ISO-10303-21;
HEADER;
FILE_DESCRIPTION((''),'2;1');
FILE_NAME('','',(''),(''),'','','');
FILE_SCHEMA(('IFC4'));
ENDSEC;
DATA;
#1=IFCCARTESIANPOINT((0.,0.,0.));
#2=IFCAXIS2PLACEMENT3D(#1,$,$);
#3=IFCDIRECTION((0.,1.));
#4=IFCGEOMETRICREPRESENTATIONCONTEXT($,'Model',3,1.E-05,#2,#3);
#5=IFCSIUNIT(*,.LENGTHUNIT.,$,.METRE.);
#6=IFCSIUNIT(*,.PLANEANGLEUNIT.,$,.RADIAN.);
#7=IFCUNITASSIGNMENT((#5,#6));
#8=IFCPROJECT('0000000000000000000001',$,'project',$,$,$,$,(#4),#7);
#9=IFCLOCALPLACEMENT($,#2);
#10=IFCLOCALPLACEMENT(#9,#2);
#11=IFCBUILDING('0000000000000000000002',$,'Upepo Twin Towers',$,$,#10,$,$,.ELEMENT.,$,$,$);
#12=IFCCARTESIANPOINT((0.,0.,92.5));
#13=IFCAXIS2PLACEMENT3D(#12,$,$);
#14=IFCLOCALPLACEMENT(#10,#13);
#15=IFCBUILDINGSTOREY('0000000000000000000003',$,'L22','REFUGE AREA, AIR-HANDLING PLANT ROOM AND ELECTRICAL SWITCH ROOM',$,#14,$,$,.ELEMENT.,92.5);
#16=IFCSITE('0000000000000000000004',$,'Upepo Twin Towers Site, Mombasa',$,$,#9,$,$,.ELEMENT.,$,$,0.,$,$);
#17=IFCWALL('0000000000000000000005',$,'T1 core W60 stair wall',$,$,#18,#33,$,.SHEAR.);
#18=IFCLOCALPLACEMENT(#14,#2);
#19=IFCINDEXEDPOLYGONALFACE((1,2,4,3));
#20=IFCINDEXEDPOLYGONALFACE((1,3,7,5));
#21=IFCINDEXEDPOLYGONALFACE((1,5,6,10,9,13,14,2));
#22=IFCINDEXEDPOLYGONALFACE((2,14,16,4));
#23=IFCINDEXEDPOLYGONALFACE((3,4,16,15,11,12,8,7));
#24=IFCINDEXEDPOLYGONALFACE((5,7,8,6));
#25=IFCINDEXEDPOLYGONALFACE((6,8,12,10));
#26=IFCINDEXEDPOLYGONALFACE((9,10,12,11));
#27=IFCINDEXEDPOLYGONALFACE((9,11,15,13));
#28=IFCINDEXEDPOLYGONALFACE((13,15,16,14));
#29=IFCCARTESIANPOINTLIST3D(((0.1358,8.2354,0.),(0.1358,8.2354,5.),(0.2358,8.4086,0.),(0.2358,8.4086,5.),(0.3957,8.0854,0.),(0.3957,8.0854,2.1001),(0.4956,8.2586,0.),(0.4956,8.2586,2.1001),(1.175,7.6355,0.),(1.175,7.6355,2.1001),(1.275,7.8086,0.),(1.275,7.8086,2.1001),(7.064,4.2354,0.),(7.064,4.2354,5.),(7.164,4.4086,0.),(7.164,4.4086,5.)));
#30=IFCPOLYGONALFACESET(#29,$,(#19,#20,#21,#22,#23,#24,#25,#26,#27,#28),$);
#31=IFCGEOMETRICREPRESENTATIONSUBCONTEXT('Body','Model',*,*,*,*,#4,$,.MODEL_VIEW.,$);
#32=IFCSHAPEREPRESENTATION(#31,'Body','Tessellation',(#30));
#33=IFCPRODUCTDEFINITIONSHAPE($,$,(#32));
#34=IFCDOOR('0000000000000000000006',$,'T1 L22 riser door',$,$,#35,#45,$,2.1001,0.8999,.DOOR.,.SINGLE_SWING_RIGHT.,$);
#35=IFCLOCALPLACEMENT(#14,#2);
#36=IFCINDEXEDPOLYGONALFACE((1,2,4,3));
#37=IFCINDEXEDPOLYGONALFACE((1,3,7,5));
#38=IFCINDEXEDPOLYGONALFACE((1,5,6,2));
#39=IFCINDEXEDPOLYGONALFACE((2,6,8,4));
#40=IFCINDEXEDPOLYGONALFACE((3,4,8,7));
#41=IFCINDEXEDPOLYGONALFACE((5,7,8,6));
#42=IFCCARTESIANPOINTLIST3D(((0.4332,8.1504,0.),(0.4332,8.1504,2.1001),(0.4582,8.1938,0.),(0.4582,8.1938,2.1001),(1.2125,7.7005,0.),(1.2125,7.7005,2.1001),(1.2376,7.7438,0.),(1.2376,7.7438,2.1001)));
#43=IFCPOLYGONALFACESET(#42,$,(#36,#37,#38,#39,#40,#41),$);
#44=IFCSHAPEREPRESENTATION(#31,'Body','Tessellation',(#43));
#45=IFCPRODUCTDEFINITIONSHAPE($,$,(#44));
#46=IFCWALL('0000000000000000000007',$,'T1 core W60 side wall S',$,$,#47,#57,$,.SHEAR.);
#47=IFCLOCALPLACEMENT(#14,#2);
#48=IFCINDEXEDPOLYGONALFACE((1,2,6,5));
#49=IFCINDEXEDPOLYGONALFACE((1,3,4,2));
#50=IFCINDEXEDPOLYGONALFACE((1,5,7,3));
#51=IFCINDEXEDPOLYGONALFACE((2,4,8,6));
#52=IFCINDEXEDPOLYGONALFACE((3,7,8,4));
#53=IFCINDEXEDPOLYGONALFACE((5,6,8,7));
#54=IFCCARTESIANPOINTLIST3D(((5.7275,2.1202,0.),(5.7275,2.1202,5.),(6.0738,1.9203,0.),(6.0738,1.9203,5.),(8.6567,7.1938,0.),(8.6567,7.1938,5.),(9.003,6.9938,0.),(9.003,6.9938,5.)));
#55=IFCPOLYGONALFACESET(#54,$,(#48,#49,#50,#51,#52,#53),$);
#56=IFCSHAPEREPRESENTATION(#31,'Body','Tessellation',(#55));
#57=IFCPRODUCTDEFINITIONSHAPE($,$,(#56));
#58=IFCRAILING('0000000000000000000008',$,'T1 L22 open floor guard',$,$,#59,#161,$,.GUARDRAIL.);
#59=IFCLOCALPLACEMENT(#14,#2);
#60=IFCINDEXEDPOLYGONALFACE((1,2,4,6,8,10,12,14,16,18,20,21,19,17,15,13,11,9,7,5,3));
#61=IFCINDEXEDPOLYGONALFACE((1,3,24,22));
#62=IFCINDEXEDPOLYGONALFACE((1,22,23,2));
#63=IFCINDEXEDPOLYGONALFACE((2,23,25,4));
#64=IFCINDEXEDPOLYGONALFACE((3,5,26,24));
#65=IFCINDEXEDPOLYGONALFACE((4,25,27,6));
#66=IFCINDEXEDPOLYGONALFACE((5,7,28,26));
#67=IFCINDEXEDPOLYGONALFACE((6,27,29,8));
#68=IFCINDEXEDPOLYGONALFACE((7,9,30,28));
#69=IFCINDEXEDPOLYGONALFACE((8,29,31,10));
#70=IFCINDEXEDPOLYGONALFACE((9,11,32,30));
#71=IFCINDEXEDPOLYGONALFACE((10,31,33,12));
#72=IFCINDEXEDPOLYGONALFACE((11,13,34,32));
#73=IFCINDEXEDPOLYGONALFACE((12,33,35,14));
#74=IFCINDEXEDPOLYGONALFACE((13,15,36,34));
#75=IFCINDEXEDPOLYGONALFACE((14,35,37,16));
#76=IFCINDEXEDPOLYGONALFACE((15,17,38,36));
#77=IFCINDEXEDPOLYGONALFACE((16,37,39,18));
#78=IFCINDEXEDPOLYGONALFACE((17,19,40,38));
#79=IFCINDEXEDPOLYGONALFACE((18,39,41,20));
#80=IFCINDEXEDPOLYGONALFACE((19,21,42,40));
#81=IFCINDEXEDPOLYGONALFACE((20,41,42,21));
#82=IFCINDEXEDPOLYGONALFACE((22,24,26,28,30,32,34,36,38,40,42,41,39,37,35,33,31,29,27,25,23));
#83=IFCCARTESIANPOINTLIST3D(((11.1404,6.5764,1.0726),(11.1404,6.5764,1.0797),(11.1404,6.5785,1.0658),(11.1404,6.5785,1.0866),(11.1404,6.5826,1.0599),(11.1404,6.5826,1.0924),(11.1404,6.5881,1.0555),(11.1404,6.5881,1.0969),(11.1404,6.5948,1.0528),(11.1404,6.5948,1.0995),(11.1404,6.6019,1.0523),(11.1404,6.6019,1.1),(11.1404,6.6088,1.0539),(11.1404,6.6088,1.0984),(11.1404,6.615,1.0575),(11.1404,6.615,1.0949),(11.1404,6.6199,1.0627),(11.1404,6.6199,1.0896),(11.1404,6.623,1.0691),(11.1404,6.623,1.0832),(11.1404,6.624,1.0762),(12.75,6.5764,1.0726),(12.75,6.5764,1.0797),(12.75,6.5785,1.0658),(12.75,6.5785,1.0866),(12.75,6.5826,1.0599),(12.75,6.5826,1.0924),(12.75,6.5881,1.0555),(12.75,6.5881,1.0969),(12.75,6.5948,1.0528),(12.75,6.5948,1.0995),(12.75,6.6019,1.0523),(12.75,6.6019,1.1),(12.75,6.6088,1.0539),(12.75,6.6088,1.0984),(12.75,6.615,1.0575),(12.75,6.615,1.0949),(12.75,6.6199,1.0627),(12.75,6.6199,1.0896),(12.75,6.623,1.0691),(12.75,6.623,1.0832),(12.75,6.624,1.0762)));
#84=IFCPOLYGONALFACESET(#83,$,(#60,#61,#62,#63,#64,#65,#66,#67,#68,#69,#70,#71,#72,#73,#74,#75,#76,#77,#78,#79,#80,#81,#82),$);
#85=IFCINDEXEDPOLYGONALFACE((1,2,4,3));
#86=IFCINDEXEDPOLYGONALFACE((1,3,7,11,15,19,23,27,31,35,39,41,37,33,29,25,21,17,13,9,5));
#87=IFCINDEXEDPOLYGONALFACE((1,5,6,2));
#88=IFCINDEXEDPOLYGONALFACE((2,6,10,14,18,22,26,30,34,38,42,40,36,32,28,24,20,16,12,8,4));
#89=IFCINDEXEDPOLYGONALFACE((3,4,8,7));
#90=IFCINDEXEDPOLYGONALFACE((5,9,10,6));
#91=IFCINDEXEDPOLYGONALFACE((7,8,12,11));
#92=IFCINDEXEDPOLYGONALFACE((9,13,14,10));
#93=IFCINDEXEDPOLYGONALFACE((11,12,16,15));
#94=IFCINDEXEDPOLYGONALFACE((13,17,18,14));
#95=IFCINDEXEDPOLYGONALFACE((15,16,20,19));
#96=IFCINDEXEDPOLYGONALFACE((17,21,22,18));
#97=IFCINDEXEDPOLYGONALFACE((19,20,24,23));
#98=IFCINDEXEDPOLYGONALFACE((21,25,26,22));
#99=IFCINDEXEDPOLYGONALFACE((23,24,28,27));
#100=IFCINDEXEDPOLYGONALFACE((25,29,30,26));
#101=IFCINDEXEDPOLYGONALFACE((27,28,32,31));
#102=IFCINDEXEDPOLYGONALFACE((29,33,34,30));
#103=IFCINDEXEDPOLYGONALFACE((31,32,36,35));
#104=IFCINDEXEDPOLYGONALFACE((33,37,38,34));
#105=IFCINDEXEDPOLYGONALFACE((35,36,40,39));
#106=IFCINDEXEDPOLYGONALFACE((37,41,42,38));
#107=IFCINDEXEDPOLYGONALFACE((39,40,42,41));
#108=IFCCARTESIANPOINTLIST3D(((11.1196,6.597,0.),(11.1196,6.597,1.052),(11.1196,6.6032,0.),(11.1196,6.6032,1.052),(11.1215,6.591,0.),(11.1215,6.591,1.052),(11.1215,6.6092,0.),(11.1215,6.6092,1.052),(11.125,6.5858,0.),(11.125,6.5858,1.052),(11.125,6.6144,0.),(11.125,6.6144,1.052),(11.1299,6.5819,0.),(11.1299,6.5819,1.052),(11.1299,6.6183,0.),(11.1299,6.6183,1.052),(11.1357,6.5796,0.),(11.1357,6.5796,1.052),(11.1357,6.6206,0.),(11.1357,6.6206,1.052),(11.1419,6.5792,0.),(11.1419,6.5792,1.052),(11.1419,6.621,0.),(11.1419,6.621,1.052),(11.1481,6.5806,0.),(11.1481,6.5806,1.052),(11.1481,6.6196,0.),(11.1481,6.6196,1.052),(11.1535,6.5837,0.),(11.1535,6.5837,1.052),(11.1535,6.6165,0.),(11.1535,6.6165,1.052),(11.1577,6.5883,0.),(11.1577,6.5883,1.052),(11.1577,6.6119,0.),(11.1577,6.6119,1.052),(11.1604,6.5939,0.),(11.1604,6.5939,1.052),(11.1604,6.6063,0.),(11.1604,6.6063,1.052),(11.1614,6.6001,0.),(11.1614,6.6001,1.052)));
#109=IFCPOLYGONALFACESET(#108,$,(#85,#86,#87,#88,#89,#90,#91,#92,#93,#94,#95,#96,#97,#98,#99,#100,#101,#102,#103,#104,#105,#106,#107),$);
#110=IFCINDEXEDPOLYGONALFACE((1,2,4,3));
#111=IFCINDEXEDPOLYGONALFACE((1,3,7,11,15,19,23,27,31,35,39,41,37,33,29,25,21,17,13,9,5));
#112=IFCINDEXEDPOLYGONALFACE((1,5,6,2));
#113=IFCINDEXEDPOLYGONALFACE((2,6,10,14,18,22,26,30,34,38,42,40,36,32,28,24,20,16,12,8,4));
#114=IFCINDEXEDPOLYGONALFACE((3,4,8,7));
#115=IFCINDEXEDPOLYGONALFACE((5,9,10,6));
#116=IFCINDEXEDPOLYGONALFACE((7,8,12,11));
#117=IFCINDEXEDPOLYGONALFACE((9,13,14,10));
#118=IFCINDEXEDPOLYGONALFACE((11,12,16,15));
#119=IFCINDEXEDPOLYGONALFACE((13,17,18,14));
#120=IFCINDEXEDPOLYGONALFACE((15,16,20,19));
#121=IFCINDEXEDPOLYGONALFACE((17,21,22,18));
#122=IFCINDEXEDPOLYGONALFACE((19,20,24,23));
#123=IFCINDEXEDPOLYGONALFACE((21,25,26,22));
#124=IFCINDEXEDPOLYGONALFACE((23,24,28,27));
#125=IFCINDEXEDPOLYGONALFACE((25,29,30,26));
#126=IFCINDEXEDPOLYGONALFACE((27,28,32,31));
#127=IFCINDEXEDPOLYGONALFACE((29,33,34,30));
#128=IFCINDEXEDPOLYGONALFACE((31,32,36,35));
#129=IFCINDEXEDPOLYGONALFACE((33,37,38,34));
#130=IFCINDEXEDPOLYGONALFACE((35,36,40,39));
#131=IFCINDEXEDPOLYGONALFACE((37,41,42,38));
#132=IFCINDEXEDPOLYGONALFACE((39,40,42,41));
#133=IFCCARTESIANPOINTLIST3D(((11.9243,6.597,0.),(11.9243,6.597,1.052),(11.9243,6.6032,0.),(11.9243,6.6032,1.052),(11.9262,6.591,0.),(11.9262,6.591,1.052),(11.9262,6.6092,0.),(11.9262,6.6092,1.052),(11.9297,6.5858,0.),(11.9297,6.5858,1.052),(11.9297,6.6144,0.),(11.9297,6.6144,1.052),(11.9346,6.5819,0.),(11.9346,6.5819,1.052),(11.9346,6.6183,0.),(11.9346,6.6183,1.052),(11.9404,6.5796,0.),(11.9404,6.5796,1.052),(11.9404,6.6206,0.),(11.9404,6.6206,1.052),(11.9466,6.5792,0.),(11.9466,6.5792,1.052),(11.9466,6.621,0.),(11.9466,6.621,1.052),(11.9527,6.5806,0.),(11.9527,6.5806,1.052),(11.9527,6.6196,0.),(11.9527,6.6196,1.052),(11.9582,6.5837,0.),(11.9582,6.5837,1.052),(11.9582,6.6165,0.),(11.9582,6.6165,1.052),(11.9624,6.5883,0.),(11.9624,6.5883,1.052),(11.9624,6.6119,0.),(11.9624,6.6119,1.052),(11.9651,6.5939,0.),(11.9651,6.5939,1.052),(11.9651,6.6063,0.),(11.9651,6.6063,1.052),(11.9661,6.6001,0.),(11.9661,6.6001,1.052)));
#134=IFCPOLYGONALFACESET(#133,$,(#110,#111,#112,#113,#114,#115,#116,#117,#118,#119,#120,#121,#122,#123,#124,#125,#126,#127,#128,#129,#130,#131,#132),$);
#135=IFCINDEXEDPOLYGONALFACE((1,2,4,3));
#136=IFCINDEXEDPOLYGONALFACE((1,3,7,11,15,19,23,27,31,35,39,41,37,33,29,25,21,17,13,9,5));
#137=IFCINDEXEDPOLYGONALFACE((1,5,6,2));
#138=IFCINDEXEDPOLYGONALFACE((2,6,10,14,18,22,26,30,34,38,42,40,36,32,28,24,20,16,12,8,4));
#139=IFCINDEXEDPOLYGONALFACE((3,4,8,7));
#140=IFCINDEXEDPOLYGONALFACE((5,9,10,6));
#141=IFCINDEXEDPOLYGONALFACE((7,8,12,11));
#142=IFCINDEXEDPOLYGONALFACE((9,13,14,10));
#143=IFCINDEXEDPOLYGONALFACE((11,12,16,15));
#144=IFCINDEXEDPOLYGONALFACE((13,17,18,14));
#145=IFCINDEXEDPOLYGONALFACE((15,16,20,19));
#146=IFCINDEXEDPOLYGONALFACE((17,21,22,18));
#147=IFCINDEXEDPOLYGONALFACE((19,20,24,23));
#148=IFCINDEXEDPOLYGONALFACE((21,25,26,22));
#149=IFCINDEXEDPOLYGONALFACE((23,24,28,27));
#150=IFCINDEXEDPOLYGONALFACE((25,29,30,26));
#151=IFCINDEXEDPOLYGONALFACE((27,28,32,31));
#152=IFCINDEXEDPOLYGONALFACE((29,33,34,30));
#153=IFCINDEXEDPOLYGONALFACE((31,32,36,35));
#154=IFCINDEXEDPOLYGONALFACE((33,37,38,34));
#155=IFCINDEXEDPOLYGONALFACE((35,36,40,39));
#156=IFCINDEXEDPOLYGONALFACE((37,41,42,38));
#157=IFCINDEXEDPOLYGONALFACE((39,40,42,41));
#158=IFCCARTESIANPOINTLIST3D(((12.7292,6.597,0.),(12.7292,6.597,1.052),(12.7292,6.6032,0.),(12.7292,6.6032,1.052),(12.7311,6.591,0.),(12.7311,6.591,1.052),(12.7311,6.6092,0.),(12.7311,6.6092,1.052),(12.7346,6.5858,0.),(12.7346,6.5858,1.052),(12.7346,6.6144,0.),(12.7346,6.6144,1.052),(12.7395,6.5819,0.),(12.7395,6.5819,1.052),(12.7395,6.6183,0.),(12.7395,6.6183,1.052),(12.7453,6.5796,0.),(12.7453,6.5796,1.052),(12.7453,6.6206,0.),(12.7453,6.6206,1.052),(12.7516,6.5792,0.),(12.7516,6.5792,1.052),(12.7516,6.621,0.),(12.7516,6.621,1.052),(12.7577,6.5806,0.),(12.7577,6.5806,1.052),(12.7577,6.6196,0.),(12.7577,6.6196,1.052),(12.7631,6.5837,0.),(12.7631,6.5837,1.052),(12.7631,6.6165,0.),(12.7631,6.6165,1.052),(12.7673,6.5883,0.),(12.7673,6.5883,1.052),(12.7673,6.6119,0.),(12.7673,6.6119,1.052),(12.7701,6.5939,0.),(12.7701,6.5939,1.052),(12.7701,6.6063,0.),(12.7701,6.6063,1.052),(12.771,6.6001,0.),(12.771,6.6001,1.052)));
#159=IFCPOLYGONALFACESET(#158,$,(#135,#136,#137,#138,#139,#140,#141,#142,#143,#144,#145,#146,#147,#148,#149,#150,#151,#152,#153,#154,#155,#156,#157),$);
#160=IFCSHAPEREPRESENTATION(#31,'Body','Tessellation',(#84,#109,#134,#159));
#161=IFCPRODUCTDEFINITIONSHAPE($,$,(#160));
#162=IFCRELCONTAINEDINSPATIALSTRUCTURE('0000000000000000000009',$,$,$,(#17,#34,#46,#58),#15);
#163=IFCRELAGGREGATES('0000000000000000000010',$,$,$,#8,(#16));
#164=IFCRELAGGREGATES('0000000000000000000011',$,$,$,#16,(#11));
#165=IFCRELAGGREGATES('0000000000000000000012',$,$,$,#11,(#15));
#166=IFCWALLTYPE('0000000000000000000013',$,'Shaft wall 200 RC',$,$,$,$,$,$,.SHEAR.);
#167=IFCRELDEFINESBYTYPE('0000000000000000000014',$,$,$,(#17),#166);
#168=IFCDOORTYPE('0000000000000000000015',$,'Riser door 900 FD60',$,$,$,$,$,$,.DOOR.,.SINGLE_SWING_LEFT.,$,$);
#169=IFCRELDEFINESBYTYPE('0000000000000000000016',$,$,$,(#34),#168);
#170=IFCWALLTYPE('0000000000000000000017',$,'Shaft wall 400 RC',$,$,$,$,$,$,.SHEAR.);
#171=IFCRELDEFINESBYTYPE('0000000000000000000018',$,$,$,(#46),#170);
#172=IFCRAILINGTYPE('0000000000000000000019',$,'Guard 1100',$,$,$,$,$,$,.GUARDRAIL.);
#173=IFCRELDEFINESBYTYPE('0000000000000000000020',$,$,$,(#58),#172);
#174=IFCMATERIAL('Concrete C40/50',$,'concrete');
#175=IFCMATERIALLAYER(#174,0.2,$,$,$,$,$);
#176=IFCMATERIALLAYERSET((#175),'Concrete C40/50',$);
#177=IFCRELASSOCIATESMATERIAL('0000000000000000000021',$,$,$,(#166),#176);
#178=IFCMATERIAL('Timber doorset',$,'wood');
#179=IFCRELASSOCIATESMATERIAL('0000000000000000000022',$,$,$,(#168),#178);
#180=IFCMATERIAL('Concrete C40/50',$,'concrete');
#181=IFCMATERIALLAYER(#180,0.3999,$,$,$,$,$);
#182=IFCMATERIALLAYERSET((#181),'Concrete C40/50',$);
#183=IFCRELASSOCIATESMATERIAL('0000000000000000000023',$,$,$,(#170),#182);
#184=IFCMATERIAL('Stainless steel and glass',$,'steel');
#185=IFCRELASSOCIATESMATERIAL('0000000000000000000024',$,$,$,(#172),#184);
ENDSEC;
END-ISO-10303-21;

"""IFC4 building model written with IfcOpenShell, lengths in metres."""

from ifc_helpers import new_model, si_unit, direction, frame, frame_2d, origin, origin_2d, place, context, subcontext, project, spatial, rectangle, circle, extrude, material, layer, layer_set, type_object, element, fill, save


model = new_model("IFC4")

# Units and contexts
model_context = context("Model", 3, precision=1e-05, world=origin(), true_north=direction((0.0, 1.0)))
body_context = subcontext(model_context, "Body", "Model", "MODEL_VIEW")
ifc_project = project(units=[si_unit("LENGTHUNIT", "METRE"), si_unit("PLANEANGLEUNIT", "RADIAN")], contexts=[model_context])

# Site, building, storey
site_placement = place(None, origin())
site = spatial("IfcSite", under=ifc_project, at=site_placement, Name="Upepo Twin Towers Site, Mombasa", CompositionType="ELEMENT", RefElevation=0.0)
building_placement = place(site_placement, origin())
building = spatial("IfcBuilding", under=site, at=building_placement, Name="Upepo Twin Towers", CompositionType="ELEMENT")
storey_placement = place(building_placement, frame((0.0, 0.0, 92.5)))
storey = spatial("IfcBuildingStorey", under=building, at=storey_placement, Name="L22", Description="REFUGE AREA, AIR-HANDLING PLANT ROOM AND ELECTRICAL SWITCH ROOM", CompositionType="ELEMENT", Elevation=92.5)

# Shared definitions
ifc_material_1 = material(Name="Concrete C40/50", Category="concrete")
ifc_layer_1 = layer(ifc_material_1, 0.2)
ifc_layer_set_1 = layer_set([ifc_layer_1], Name="Concrete C40/50")
wall_type_1 = type_object("IfcWallType", Name="Shaft wall 200 RC", PredefinedType="SHEAR", material=ifc_layer_set_1)

# Wall, opening, door
wall_1_placement = place(storey_placement, frame((7.114, 4.322, 0.0), z_axis=(0.0, 0.0, 1.0), x_axis=(-0.866026, 0.499999, 0.0)))
wall_1 = element("IfcWall", 1, at=wall_1_placement, inside=storey, type_object=wall_type_1, Name="T1 core W60 stair wall", PredefinedType="SHEAR", context=body_context, shape_type="SweptSolid", body=[
    extrude(rectangle(XDim=8.0, YDim=0.2, at=frame_2d((4.0, 0.0))), origin(), (0.0, 0.0, 1.0), 5.0),
])
opening_1_placement = place(wall_1_placement, frame((6.8, 0.0, 0.0)))
opening_1 = element("IfcOpeningElement", 2, at=opening_1_placement, cuts=wall_1, PredefinedType="OPENING", context=body_context, shape_type="SweptSolid", body=[
    extrude(rectangle(XDim=0.8999, YDim=2.1001, at=frame_2d((0.45, 1.05))), frame((0.0, 0.1099, 0.0), z_axis=(0.0, -1.0, 0.0), x_axis=(1.0, 0.0, 0.0)), (0.0, 0.0, 1.0), 0.22),
])
ifc_material_2 = material(Name="Timber doorset", Category="wood")
door_type_1 = type_object("IfcDoorType", Name="Riser door 900 FD60", OperationType="SINGLE_SWING_LEFT", PredefinedType="DOOR", material=ifc_material_2)
door_1_placement = place(opening_1_placement, origin())
door_1 = element("IfcDoor", 3, at=door_1_placement, inside=storey, type_object=door_type_1, Name="T1 L22 riser door", OperationType="SINGLE_SWING_RIGHT", OverallHeight=2.1001, OverallWidth=0.8999, PredefinedType="DOOR", context=body_context, shape_type="SweptSolid", body=[
    extrude(rectangle(XDim=0.8999, YDim=2.1001, at=frame_2d((0.45, 1.05))), frame((0.0, 0.0249, 0.0), z_axis=(0.0, -1.0, 0.0), x_axis=(1.0, 0.0, 0.0)), (0.0, 0.0, 1.0), 0.05),
])
fill(opening_1, door_1)

# Wall
ifc_material_3 = material(Name="Concrete C40/50", Category="concrete")
ifc_layer_2 = layer(ifc_material_3, 0.3999)
ifc_layer_set_2 = layer_set([ifc_layer_2], Name="Concrete C40/50")
wall_type_2 = type_object("IfcWallType", Name="Shaft wall 400 RC", PredefinedType="SHEAR", material=ifc_layer_set_2)
wall_2_placement = place(storey_placement, frame((5.9006, 2.0203, 0.0), z_axis=(0.0, 0.0, 1.0), x_axis=(0.500003, 0.866024, 0.0)))
element("IfcWall", 4, at=wall_2_placement, inside=storey, type_object=wall_type_2, Name="T1 core W60 side wall S", PredefinedType="SHEAR", context=body_context, shape_type="SweptSolid", body=[
    extrude(rectangle(XDim=5.8584, YDim=0.3999, at=frame_2d((2.9292, 0.0))), origin(), (0.0, 0.0, 1.0), 5.0),
])

# Railing
ifc_material_4 = material(Name="Stainless steel and glass", Category="steel")
railing_type = type_object("IfcRailingType", Name="Guard 1100", PredefinedType="GUARDRAIL", material=ifc_material_4)
railing_1_placement = place(storey_placement, frame((11.1404, 6.6001, 0.0)))
element("IfcRailing", 5, at=railing_1_placement, inside=storey, type_object=railing_type, Name="T1 L22 open floor guard", PredefinedType="GUARDRAIL", context=body_context, shape_type="SweptSolid", body=[
    extrude(circle(Radius=0.0239, at=origin_2d()), frame((0.0, 0.0, 1.0762), z_axis=(1.0, 0.0, 0.0), x_axis=(0.0, 1.0, 0.0)), (0.0, 0.0, 1.0), 1.6096),
    extrude(circle(Radius=0.021, at=origin_2d()), origin(), (0.0, 0.0, 1.0), 1.052),
    extrude(circle(Radius=0.021, at=origin_2d()), frame((0.8047, 0.0, 0.0)), (0.0, 0.0, 1.0), 1.052),
    extrude(circle(Radius=0.021, at=origin_2d()), frame((1.6096, 0.0, 0.0)), (0.0, 0.0, 1.0), 1.052),
])

save(model, "model.ifc")
